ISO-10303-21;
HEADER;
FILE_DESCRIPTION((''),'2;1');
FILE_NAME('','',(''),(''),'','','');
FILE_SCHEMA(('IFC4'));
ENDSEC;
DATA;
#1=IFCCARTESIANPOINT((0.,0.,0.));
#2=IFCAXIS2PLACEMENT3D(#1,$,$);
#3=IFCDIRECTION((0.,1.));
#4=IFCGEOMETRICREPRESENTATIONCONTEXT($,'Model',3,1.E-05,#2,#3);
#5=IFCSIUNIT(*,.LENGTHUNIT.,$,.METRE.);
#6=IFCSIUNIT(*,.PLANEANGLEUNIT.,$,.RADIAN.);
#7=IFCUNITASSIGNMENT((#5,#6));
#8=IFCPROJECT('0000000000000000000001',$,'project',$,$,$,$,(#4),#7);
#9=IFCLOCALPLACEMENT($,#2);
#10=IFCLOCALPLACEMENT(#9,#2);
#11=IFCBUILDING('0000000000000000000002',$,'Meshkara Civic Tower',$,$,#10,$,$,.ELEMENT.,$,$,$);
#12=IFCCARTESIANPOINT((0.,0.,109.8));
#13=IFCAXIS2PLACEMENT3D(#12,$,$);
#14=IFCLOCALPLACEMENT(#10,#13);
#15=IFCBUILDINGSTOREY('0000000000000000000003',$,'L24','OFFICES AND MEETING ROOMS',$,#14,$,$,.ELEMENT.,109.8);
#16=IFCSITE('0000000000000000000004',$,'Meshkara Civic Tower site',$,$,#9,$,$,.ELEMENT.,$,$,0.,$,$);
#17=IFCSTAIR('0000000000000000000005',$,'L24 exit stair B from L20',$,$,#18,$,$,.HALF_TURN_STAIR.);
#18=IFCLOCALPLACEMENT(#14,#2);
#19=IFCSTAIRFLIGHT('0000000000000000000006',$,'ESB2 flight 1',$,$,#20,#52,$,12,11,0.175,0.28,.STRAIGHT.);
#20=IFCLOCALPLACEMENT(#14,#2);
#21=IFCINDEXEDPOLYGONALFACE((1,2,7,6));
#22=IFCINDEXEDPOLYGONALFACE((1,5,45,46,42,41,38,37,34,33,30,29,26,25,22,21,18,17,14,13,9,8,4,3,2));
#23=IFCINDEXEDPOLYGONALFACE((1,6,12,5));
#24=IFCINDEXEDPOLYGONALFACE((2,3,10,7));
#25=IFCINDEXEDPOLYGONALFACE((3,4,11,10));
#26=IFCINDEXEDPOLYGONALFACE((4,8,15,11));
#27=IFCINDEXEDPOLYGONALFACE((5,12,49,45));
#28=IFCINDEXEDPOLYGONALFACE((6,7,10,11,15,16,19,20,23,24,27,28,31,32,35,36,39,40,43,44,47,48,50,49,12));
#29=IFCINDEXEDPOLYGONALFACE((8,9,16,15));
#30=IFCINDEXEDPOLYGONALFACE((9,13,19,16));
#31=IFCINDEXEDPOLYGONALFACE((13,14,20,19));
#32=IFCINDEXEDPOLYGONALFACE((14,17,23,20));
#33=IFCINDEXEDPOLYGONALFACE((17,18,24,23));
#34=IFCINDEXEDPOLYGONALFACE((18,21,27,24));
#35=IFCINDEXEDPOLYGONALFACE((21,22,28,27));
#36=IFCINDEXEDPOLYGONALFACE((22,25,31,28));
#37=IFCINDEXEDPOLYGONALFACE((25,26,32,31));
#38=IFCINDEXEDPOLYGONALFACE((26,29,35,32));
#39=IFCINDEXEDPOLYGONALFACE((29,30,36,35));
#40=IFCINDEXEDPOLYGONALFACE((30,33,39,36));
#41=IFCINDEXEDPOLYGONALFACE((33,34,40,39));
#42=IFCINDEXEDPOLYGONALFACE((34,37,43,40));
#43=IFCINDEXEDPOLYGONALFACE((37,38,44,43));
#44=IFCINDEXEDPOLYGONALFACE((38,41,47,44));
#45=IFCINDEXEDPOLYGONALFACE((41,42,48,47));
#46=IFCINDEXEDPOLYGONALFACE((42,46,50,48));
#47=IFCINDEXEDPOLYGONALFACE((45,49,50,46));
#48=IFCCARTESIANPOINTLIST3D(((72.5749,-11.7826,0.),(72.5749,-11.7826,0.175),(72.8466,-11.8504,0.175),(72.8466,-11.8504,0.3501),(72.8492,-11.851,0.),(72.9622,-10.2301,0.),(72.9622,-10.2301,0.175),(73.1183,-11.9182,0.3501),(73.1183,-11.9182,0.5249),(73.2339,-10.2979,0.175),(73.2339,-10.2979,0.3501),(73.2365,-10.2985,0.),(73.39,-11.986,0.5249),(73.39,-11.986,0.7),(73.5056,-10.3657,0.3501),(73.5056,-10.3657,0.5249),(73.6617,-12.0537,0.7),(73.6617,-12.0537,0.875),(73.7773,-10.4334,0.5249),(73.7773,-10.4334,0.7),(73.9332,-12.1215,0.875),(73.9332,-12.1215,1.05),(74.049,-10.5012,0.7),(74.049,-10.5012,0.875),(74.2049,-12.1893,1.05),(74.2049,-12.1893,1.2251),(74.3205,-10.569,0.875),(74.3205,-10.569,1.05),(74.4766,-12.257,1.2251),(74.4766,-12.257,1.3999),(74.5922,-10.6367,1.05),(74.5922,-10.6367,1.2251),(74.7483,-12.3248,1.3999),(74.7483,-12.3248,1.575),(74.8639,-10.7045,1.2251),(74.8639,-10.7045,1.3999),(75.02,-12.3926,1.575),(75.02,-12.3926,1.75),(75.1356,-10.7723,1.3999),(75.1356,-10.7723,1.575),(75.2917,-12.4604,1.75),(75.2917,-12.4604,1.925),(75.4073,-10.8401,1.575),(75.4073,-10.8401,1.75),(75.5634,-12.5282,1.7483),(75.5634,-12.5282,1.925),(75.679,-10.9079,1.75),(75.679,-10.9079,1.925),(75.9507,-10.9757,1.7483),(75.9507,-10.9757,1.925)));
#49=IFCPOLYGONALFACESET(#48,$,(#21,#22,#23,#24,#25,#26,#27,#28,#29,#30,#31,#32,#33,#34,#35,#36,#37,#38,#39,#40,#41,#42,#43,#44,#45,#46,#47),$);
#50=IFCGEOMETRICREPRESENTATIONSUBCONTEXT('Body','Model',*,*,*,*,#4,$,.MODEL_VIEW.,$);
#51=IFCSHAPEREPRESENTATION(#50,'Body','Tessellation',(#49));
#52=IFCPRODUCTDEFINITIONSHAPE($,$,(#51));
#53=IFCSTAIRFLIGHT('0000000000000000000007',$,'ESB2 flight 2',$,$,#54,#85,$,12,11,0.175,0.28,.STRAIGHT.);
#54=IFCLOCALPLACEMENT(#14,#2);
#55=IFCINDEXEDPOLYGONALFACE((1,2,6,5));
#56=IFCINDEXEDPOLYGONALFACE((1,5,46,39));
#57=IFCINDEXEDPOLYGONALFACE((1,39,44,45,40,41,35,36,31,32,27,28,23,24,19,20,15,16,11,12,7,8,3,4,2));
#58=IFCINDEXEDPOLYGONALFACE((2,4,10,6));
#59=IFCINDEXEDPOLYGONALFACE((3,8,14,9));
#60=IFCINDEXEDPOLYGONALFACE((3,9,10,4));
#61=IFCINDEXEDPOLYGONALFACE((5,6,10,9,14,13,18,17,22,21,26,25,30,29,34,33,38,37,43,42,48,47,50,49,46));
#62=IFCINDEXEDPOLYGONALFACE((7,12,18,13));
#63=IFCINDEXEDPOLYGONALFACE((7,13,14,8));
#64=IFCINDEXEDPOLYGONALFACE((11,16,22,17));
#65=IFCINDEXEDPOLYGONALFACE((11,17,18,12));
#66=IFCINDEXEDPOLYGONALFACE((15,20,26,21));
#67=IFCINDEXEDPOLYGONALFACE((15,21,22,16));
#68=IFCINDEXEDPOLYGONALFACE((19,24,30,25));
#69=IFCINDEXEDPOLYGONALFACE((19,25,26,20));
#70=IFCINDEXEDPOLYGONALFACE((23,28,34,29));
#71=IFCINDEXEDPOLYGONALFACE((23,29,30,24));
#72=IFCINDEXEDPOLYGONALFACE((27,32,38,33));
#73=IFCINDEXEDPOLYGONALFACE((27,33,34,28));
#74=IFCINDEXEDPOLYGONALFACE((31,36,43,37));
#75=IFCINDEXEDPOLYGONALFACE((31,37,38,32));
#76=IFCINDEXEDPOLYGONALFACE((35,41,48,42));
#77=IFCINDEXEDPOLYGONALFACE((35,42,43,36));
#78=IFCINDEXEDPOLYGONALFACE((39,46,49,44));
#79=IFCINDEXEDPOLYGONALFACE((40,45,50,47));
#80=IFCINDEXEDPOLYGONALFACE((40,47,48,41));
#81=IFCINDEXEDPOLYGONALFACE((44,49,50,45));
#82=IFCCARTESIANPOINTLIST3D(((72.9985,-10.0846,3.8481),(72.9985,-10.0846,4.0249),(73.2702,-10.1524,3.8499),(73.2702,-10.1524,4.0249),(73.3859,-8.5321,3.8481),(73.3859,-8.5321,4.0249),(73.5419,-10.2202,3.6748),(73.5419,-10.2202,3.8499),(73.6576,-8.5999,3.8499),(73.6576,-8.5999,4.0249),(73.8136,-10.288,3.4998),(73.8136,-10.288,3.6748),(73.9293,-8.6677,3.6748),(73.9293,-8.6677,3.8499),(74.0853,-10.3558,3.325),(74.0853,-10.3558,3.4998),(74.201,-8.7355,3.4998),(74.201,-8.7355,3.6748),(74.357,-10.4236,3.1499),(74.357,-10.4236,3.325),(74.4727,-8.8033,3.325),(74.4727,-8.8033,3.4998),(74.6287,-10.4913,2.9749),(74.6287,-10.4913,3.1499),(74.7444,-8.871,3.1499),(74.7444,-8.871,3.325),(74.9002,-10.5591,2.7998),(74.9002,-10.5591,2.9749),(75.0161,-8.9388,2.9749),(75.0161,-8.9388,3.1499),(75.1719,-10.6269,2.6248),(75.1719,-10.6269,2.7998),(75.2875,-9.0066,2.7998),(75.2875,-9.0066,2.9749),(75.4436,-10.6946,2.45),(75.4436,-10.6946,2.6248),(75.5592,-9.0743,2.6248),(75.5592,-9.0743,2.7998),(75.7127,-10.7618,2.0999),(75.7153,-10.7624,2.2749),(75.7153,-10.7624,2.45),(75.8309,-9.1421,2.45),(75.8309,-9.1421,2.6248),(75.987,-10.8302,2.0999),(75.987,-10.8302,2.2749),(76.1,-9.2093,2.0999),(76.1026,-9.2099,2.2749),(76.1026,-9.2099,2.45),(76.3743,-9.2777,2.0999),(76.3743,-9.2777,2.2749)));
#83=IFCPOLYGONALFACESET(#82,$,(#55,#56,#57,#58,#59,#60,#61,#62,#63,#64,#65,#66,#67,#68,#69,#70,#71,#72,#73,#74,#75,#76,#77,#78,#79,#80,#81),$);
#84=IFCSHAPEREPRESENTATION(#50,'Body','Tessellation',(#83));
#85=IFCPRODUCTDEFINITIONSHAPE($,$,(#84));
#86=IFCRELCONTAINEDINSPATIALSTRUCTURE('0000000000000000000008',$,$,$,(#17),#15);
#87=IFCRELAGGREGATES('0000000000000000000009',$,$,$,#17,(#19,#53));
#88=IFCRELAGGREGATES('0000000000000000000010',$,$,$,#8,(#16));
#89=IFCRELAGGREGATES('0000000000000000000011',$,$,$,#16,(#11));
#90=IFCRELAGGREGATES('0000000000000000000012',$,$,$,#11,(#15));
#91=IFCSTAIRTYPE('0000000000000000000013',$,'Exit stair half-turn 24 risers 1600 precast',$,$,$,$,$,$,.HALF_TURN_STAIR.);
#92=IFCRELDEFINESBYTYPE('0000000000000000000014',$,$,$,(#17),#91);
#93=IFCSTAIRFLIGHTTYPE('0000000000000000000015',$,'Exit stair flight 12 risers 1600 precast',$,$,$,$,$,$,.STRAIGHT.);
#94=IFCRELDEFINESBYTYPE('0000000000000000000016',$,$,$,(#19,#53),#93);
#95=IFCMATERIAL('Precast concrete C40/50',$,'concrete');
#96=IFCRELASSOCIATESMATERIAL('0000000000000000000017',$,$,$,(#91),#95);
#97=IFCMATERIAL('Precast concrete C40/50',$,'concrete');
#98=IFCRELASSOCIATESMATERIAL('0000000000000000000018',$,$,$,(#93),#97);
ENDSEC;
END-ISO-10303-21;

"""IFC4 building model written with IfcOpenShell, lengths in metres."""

from ifc_helpers import new_model, si_unit, direction, frame, origin, place, context, subcontext, project, spatial, polyline, outline, extrude, material, type_object, element, aggregate, save


model = new_model("IFC4")

# Units and contexts
model_context = context("Model", 3, precision=1e-05, world=origin(), true_north=direction((0.0, 1.0)))
body_context = subcontext(model_context, "Body", "Model", "MODEL_VIEW")
ifc_project = project(units=[si_unit("LENGTHUNIT", "METRE"), si_unit("PLANEANGLEUNIT", "RADIAN")], contexts=[model_context])

# Site, building, storey
site_placement = place(None, origin())
site = spatial("IfcSite", under=ifc_project, at=site_placement, Name="Meshkara Civic Tower site", CompositionType="ELEMENT", RefElevation=0.0)
building_placement = place(site_placement, origin())
building = spatial("IfcBuilding", under=site, at=building_placement, Name="Meshkara Civic Tower", CompositionType="ELEMENT")
storey_placement = place(building_placement, frame((0.0, 0.0, 109.8)))
storey = spatial("IfcBuildingStorey", under=building, at=storey_placement, Name="L24", Description="OFFICES AND MEETING ROOMS", CompositionType="ELEMENT", Elevation=109.8)

# Stair, stair flights
ifc_material_1 = material(Name="Precast concrete C40/50", Category="concrete")
stair_type = type_object("IfcStairType", Name="Exit stair half-turn 24 risers 1600 precast", PredefinedType="HALF_TURN_STAIR", material=ifc_material_1)
stair_placement = place(storey_placement, origin())
stair = element("IfcStair", 1, at=stair_placement, inside=storey, type_object=stair_type, Name="L24 exit stair B from L20", PredefinedType="HALF_TURN_STAIR")
ifc_material_2 = material(Name="Precast concrete C40/50", Category="concrete")
stair_flight_type = type_object("IfcStairFlightType", Name="Exit stair flight 12 risers 1600 precast", PredefinedType="STRAIGHT", material=ifc_material_2)
stair_flight_1_placement = place(storey_placement, frame((72.7686, -11.0063, 0.0), z_axis=(0.0, 0.0, 1.0), x_axis=(0.97026, -0.242065, 0.0)))
stair_flight_1 = element("IfcStairFlight", 2, at=stair_flight_1_placement, type_object=stair_flight_type, Name="ESB2 flight 1", NumberOfRisers=12, NumberOfTreads=11, PredefinedType="STRAIGHT", RiserHeight=0.175, TreadLength=0.28, context=body_context, shape_type="SweptSolid", body=[
    extrude(outline(polyline([(0.0, 0.0), (0.0, 0.175), (0.28, 0.175), (0.28, 0.3501), (0.5601, 0.3501), (0.5601, 0.5249), (0.8401, 0.5249), (0.8401, 0.7), (1.1201, 0.7), (1.1201, 0.875), (1.3999, 0.875), (1.3999, 1.05), (1.6799, 1.05), (1.6799, 1.2251), (1.96, 1.2251), (1.96, 1.3999), (2.24, 1.3999), (2.24, 1.575), (2.52, 1.575), (2.52, 1.75), (2.8, 1.75), (2.8, 1.925), (3.0801, 1.925), (3.0801, 2.1001), (3.0801, 1.7483), (0.2827, 0.0), (0.0, 0.0)])), frame((0.0, 0.8, 0.0), z_axis=(0.0, -1.0, 0.0), x_axis=(1.0, 0.0, 0.0)), (0.0, 0.0, 1.0), 1.6001),
])
stair_flight_2_placement = place(storey_placement, frame((76.1807, -10.054, 2.0999), z_axis=(0.0, 0.0, 1.0), x_axis=(-0.97026, 0.242065, 0.0)))
stair_flight_2 = element("IfcStairFlight", 3, at=stair_flight_2_placement, type_object=stair_flight_type, Name="ESB2 flight 2", NumberOfRisers=12, NumberOfTreads=11, PredefinedType="STRAIGHT", RiserHeight=0.175, TreadLength=0.28, context=body_context, shape_type="SweptSolid", body=[
    extrude(outline(polyline([(0.0, 0.0), (0.0, 0.175), (0.28, 0.175), (0.28, 0.3501), (0.5601, 0.3501), (0.5601, 0.5249), (0.8401, 0.5249), (0.8401, 0.7), (1.1201, 0.7), (1.1201, 0.875), (1.3999, 0.875), (1.3999, 1.05), (1.6799, 1.05), (1.6799, 1.2251), (1.96, 1.2251), (1.96, 1.3999), (2.24, 1.3999), (2.24, 1.575), (2.52, 1.575), (2.52, 1.75), (2.8, 1.75), (2.8, 1.925), (3.0801, 1.925), (3.0801, 2.1001), (3.0801, 1.7483), (0.2827, 0.0), (0.0, 0.0)])), frame((0.0, 0.8, 0.0), z_axis=(0.0, -1.0, 0.0), x_axis=(1.0, 0.0, 0.0)), (0.0, 0.0, 1.0), 1.6001),
])
aggregate(stair, [stair_flight_1, stair_flight_2])

save(model, "model.ifc")
